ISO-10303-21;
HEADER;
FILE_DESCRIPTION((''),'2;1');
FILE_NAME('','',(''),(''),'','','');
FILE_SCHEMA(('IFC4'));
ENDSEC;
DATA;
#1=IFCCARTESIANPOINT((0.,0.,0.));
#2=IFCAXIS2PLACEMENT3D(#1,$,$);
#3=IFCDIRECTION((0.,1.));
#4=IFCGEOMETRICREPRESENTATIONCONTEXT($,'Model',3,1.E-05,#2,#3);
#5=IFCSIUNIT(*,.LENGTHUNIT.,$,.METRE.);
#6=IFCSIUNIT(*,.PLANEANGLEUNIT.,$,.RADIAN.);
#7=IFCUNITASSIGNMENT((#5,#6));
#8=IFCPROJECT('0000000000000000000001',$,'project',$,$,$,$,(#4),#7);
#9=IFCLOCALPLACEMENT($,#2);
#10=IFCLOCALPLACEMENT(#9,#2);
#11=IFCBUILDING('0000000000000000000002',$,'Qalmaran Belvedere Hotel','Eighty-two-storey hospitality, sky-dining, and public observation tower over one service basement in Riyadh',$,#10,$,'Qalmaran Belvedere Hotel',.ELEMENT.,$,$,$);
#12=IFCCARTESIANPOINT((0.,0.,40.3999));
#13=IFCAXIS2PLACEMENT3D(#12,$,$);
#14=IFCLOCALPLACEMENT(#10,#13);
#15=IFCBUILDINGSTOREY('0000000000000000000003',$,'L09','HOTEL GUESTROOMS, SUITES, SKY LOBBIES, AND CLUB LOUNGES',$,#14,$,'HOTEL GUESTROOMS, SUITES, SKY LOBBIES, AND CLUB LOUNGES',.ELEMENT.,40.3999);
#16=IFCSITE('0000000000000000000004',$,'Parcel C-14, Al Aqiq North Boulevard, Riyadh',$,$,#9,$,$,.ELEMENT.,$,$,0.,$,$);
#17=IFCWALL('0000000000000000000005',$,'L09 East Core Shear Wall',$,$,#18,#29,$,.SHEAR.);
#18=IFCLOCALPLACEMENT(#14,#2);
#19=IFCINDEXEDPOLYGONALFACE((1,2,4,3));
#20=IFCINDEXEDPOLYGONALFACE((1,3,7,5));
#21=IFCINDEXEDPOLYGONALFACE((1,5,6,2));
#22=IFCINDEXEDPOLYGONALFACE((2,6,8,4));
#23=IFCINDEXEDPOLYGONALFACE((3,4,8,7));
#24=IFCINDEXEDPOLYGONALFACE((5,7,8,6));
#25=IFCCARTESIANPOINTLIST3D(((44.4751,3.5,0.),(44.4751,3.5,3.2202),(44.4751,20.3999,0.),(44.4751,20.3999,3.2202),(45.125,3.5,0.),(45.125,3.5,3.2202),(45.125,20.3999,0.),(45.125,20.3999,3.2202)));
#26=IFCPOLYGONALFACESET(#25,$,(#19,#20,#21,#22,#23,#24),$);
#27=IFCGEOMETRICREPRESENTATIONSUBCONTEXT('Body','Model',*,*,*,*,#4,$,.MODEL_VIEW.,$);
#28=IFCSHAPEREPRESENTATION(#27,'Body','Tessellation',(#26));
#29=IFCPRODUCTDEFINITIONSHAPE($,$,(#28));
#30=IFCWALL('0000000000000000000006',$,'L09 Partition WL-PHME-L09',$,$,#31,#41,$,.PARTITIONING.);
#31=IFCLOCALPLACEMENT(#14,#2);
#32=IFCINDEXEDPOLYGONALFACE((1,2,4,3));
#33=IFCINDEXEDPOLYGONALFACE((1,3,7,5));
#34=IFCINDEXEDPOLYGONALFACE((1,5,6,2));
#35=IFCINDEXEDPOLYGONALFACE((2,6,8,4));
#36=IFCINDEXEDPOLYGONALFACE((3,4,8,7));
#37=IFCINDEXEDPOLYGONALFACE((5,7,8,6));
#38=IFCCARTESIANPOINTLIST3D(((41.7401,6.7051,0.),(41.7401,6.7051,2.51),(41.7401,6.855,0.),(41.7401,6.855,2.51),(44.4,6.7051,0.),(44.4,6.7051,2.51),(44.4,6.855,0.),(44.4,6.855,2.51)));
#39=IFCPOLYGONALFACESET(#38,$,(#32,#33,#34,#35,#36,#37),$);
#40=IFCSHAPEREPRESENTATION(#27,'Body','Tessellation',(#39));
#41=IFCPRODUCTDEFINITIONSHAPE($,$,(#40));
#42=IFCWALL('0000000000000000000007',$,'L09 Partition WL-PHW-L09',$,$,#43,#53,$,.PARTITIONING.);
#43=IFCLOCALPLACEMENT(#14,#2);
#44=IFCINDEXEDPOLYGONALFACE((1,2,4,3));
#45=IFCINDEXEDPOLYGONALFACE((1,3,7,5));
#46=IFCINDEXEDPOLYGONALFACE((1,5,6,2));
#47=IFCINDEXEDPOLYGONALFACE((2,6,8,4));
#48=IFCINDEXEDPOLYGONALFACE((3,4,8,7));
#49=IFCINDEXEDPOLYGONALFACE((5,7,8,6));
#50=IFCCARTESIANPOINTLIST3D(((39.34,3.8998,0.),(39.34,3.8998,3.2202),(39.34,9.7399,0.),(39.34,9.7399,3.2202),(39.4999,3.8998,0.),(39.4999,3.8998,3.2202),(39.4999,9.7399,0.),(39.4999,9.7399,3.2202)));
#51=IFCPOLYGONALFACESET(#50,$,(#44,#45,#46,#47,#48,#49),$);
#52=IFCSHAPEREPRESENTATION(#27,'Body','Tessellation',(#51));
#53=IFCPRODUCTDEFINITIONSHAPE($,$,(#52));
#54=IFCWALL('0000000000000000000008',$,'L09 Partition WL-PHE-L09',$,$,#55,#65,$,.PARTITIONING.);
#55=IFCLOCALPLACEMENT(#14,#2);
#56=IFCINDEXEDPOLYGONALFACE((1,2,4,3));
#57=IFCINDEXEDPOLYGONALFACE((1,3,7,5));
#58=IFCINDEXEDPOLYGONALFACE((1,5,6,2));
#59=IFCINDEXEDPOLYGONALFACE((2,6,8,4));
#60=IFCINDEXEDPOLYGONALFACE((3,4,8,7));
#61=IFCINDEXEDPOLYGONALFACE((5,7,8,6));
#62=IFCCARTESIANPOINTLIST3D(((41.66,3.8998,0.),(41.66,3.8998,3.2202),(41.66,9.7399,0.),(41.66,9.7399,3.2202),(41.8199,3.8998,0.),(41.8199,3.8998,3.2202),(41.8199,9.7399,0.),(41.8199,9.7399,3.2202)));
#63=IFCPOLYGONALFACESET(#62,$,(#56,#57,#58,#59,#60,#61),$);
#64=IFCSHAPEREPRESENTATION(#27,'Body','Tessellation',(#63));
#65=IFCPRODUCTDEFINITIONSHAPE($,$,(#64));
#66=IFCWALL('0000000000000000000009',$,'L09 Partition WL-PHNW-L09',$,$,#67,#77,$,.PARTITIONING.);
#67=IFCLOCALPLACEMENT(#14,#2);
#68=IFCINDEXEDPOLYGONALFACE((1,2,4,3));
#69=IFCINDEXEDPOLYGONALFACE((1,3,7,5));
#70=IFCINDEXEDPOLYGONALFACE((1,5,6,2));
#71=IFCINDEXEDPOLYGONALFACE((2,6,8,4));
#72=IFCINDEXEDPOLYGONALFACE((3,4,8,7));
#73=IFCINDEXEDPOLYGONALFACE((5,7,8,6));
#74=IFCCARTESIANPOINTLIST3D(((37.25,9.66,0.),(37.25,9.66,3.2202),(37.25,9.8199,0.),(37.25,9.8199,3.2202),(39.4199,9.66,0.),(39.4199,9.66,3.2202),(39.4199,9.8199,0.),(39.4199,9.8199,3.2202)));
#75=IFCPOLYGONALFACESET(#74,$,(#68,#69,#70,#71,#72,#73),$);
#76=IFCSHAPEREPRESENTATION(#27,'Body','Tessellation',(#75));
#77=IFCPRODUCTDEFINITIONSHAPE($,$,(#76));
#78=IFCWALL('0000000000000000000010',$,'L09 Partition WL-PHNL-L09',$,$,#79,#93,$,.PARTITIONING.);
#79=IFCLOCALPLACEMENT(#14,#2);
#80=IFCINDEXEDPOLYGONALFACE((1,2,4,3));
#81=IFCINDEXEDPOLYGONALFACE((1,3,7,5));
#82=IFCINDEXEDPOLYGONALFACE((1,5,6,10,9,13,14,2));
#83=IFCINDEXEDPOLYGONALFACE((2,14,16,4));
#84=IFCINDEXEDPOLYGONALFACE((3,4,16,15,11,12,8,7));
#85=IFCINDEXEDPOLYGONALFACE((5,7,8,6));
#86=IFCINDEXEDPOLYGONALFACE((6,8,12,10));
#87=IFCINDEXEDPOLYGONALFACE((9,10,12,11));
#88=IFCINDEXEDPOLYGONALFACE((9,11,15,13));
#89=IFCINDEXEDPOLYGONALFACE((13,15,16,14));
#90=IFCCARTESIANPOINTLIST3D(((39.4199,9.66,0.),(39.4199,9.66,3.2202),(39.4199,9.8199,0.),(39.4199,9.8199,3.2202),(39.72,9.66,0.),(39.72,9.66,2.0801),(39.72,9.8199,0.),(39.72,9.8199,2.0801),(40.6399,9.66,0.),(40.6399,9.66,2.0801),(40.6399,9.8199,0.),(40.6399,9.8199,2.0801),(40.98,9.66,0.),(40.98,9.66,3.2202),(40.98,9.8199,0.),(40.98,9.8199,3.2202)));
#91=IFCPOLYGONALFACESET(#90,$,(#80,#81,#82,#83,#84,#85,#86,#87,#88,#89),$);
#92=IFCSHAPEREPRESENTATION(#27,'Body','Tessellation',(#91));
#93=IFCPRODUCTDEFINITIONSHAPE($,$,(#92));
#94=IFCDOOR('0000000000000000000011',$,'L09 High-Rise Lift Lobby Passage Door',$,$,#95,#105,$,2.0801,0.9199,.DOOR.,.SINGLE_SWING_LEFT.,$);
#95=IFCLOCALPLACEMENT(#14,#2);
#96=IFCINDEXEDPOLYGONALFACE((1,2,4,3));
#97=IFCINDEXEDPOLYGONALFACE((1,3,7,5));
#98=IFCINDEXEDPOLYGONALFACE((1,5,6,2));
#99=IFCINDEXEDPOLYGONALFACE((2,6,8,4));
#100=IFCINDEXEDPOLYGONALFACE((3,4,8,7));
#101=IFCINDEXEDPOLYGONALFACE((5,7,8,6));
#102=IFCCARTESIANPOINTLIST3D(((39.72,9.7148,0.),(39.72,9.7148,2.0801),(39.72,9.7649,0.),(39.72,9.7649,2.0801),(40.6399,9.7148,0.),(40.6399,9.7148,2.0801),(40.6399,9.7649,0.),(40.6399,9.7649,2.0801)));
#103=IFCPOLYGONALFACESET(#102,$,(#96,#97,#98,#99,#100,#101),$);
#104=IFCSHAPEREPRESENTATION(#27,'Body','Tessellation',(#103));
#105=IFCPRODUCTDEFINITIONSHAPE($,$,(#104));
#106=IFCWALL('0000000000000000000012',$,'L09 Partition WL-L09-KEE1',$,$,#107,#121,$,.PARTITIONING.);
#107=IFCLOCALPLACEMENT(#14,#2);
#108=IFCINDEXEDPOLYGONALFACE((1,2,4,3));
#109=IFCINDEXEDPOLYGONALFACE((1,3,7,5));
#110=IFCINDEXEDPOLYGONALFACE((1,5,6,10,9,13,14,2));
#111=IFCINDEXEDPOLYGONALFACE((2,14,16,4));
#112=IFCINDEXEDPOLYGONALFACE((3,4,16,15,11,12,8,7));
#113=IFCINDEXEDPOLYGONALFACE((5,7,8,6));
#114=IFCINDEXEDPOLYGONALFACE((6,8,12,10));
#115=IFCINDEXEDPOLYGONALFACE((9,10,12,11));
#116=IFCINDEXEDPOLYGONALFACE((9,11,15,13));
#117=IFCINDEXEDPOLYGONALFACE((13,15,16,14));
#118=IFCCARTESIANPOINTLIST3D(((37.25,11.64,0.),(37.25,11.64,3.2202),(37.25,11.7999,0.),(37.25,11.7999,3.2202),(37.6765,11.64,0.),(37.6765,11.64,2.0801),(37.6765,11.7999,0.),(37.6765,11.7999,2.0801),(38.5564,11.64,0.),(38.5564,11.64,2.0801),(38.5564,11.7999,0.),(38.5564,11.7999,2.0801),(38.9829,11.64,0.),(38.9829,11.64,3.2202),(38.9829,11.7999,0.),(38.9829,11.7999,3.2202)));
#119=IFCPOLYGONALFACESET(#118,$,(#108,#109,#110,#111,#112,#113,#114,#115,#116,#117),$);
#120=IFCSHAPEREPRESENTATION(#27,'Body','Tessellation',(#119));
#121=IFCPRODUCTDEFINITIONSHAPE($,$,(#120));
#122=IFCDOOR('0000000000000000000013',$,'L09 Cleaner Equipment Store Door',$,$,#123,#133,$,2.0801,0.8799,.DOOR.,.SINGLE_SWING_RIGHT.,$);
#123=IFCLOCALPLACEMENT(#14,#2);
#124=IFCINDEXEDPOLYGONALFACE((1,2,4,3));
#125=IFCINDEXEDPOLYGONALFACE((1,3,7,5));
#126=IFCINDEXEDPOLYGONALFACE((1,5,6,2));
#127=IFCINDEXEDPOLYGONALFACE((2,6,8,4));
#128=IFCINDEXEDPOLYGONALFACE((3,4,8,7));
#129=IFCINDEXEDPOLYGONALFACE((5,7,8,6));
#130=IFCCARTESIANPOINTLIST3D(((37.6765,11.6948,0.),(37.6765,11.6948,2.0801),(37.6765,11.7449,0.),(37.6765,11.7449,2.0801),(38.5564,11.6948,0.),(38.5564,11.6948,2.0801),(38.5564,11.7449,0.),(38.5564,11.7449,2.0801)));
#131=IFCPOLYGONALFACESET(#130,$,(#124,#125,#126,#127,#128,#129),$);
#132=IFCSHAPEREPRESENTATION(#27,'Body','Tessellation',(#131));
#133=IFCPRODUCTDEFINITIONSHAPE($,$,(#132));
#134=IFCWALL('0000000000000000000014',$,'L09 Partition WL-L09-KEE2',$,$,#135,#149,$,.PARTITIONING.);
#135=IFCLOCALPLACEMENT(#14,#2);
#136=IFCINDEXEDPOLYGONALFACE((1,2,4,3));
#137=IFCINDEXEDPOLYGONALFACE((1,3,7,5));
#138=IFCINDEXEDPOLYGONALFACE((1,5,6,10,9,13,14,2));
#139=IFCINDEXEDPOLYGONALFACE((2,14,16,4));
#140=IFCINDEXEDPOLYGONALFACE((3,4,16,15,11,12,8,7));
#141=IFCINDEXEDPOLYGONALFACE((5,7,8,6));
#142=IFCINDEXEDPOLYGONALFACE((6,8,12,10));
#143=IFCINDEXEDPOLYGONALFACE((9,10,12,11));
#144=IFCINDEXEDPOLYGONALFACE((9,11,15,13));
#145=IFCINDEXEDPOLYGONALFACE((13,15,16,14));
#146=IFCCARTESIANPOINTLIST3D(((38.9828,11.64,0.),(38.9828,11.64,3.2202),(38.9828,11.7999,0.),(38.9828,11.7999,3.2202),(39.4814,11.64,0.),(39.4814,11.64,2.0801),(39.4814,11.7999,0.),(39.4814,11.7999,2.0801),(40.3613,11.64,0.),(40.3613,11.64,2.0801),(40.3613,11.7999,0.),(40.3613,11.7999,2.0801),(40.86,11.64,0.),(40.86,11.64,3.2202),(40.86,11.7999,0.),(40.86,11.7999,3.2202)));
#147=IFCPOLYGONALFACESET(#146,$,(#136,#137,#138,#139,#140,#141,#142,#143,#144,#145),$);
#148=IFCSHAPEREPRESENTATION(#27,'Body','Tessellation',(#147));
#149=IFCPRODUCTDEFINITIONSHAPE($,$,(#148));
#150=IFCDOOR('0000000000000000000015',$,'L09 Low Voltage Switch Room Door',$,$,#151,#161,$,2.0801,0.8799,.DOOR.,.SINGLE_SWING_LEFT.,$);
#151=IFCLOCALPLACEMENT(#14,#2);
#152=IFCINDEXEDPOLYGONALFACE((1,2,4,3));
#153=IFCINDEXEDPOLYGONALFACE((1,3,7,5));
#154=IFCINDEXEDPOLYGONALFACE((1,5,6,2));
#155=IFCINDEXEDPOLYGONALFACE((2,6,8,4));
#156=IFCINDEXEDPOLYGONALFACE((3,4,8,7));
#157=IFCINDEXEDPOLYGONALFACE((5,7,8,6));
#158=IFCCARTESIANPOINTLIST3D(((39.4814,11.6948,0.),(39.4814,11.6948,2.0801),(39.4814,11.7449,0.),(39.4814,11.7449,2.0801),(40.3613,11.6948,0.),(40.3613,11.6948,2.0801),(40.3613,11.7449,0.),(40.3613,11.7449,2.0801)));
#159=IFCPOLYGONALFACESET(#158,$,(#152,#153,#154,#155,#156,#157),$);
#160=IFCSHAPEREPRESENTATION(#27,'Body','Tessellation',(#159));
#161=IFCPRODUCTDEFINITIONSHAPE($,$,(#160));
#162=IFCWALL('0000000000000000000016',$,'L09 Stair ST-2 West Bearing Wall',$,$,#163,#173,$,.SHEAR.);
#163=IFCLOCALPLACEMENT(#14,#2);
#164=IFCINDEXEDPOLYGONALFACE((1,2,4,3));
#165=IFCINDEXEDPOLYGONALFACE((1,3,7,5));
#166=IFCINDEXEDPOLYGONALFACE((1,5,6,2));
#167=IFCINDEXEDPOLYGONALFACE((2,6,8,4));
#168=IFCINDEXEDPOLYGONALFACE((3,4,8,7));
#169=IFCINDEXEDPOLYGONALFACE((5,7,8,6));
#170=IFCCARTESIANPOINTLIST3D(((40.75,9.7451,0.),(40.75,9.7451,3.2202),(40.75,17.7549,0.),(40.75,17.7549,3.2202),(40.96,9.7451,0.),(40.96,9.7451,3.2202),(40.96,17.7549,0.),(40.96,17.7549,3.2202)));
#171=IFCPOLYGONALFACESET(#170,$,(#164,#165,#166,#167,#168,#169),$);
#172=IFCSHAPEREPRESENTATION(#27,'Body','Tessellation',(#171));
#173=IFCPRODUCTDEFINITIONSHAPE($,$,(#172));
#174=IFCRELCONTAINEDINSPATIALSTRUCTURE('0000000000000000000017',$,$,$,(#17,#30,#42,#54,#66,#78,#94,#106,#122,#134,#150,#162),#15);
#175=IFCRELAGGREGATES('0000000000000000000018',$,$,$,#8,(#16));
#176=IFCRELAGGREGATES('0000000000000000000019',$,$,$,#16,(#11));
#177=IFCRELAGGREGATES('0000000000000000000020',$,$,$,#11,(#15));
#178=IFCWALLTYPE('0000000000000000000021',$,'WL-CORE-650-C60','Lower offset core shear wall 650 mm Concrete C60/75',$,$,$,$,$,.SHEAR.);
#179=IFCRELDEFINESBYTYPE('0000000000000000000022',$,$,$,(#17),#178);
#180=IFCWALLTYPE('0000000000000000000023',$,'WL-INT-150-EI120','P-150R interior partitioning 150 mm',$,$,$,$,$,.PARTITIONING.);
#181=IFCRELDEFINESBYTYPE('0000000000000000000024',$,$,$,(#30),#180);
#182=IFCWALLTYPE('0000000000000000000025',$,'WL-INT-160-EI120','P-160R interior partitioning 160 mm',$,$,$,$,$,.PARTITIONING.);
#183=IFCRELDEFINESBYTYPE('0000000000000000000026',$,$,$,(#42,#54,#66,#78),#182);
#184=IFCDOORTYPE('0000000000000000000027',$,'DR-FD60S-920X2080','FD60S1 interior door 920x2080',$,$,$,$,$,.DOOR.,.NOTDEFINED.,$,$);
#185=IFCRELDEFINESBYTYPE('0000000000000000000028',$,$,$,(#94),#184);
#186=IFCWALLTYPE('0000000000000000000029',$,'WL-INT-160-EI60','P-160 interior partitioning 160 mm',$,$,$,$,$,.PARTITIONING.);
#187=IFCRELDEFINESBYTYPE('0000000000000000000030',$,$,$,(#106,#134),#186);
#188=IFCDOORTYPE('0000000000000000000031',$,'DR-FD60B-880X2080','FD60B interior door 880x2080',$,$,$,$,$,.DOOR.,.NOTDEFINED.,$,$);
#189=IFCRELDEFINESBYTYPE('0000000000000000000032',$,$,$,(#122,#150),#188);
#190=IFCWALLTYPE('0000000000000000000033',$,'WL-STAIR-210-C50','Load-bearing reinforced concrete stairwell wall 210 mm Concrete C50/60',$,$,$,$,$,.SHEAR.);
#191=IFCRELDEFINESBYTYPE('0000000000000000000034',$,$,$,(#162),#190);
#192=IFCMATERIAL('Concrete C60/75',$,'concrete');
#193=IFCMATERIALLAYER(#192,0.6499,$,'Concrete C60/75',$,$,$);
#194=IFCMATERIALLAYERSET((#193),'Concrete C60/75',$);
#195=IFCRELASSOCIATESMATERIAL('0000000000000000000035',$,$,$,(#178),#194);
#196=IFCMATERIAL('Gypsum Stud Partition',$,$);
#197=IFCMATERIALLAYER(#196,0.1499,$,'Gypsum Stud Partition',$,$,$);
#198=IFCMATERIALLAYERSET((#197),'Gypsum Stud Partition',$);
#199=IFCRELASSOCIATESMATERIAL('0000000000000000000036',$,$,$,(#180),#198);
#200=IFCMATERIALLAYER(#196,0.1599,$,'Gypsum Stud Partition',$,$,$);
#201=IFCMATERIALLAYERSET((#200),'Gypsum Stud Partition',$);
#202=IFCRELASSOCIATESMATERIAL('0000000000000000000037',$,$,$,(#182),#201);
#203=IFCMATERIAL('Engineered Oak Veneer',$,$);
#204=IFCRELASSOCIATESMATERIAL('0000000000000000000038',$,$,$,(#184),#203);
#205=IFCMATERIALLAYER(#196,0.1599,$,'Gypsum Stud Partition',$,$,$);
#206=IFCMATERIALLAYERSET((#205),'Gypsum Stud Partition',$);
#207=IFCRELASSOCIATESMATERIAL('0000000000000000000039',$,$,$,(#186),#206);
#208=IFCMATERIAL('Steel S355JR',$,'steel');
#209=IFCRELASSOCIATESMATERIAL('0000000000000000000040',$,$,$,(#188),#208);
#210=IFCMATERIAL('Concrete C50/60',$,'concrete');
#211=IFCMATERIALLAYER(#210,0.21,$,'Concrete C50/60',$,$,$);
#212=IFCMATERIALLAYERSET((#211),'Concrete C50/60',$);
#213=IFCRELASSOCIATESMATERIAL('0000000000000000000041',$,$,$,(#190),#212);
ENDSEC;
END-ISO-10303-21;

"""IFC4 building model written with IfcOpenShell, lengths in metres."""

from ifc_helpers import new_model, si_unit, direction, frame, frame_2d, origin, place, context, subcontext, project, spatial, rectangle, extrude, material, layer, layer_set, type_object, element, fill, save


model = new_model("IFC4")

# Units and contexts
model_context = context("Model", 3, precision=1e-05, world=origin(), true_north=direction((0.0, 1.0)))
body_context = subcontext(model_context, "Body", "Model", "MODEL_VIEW")
ifc_project = project(units=[si_unit("LENGTHUNIT", "METRE"), si_unit("PLANEANGLEUNIT", "RADIAN")], contexts=[model_context])

# Site, building, storey
site_placement = place(None, origin())
site = spatial("IfcSite", under=ifc_project, at=site_placement, Name="Parcel C-14, Al Aqiq North Boulevard, Riyadh", CompositionType="ELEMENT", RefElevation=0.0)
building_placement = place(site_placement, origin())
building = spatial("IfcBuilding", under=site, at=building_placement, Name="Qalmaran Belvedere Hotel", Description="Eighty-two-storey hospitality, sky-dining, and public observation tower over one service basement in Riyadh", LongName="Qalmaran Belvedere Hotel", CompositionType="ELEMENT")
storey_placement = place(building_placement, frame((0.0, 0.0, 40.3999)))
storey = spatial("IfcBuildingStorey", under=building, at=storey_placement, Name="L09", Description="HOTEL GUESTROOMS, SUITES, SKY LOBBIES, AND CLUB LOUNGES", LongName="HOTEL GUESTROOMS, SUITES, SKY LOBBIES, AND CLUB LOUNGES", CompositionType="ELEMENT", Elevation=40.3999)

# Walls
ifc_material_1 = material(Name="Concrete C60/75", Category="concrete")
ifc_layer_1 = layer(ifc_material_1, 0.6499, Name="Concrete C60/75")
ifc_layer_set_1 = layer_set([ifc_layer_1], Name="Concrete C60/75")
wall_type_1 = type_object("IfcWallType", Name="WL-CORE-650-C60", Description="Lower offset core shear wall 650 mm Concrete C60/75", PredefinedType="SHEAR", material=ifc_layer_set_1)
wall_1_placement = place(storey_placement, frame((44.8, 3.5, 0.0), z_axis=(0.0, 0.0, 1.0), x_axis=(0.0, 1.0, 0.0)))
element("IfcWall", 1, at=wall_1_placement, inside=storey, type_object=wall_type_1, Name="L09 East Core Shear Wall", PredefinedType="SHEAR", context=body_context, shape_type="SweptSolid", body=[
    extrude(rectangle(XDim=16.8999, YDim=0.6499, at=frame_2d((8.45, 0.0))), origin(), (0.0, 0.0, 1.0), 3.2202),
])
ifc_material_2 = material(Name="Gypsum Stud Partition")
ifc_layer_2 = layer(ifc_material_2, 0.1499, Name="Gypsum Stud Partition")
ifc_layer_set_2 = layer_set([ifc_layer_2], Name="Gypsum Stud Partition")
wall_type_2 = type_object("IfcWallType", Name="WL-INT-150-EI120", Description="P-150R interior partitioning 150 mm", PredefinedType="PARTITIONING", material=ifc_layer_set_2)
wall_2_placement = place(storey_placement, frame((41.74, 6.78, 0.0), z_axis=(0.0, 0.0, 1.0), x_axis=(1.0, 0.0, 0.0)))
element("IfcWall", 2, at=wall_2_placement, inside=storey, type_object=wall_type_2, Name="L09 Partition WL-PHME-L09", PredefinedType="PARTITIONING", context=body_context, shape_type="SweptSolid", body=[
    extrude(rectangle(XDim=2.6599, YDim=0.1499, at=frame_2d((1.3301, 0.0))), origin(), (0.0, 0.0, 1.0), 2.51),
])
ifc_layer_3 = layer(ifc_material_2, 0.1599, Name="Gypsum Stud Partition")
ifc_layer_set_3 = layer_set([ifc_layer_3], Name="Gypsum Stud Partition")
wall_type_3 = type_object("IfcWallType", Name="WL-INT-160-EI120", Description="P-160R interior partitioning 160 mm", PredefinedType="PARTITIONING", material=ifc_layer_set_3)
for number, where, z_axis, x_axis, name in (
    (3, (39.4199, 3.8999, 0.0), (0.0, 0.0, 1.0), (0.0, 1.0, 0.0), "L09 Partition WL-PHW-L09"),
    (4, (41.74, 3.8999, 0.0), (0.0, 0.0, 1.0), (0.0, 1.0, 0.0), "L09 Partition WL-PHE-L09"),
):
    element("IfcWall", number, at=place(storey_placement, frame(where, z_axis=z_axis, x_axis=x_axis)), inside=storey, type_object=wall_type_3, Name=name, PredefinedType="PARTITIONING", context=body_context, shape_type="SweptSolid", body=[
        extrude(rectangle(XDim=5.8401, YDim=0.1599, at=frame_2d((2.9199, 0.0))), origin(), (0.0, 0.0, 1.0), 3.2202),
    ])
wall_3_placement = place(storey_placement, frame((37.25, 9.74, 0.0), z_axis=(0.0, 0.0, 1.0), x_axis=(1.0, 0.0, 0.0)))
element("IfcWall", 5, at=wall_3_placement, inside=storey, type_object=wall_type_3, Name="L09 Partition WL-PHNW-L09", PredefinedType="PARTITIONING", context=body_context, shape_type="SweptSolid", body=[
    extrude(rectangle(XDim=2.1699, YDim=0.1599, at=frame_2d((1.085, 0.0))), origin(), (0.0, 0.0, 1.0), 3.2202),
])

# Walls, openings, doors
wall_4_placement = place(storey_placement, frame((39.4199, 9.74, 0.0), z_axis=(0.0, 0.0, 1.0), x_axis=(1.0, 0.0, 0.0)))
wall_4 = element("IfcWall", 6, at=wall_4_placement, inside=storey, type_object=wall_type_3, Name="L09 Partition WL-PHNL-L09", PredefinedType="PARTITIONING", context=body_context, shape_type="SweptSolid", body=[
    extrude(rectangle(XDim=1.5601, YDim=0.1599, at=frame_2d((0.78, 0.0))), origin(), (0.0, 0.0, 1.0), 3.2202),
])
opening_1_placement = place(wall_4_placement, frame((0.3, 0.0, 0.0)))
opening_1 = element("IfcOpeningElement", 7, at=opening_1_placement, cuts=wall_4, PredefinedType="OPENING", context=body_context, shape_type="SweptSolid", body=[
    extrude(rectangle(XDim=0.9199, YDim=2.0801, at=frame_2d((0.46, 1.04))), frame((0.0, 0.0898, 0.0), z_axis=(0.0, -1.0, 0.0), x_axis=(1.0, 0.0, 0.0)), (0.0, 0.0, 1.0), 0.1799),
])
ifc_material_3 = material(Name="Engineered Oak Veneer")
door_type_1 = type_object("IfcDoorType", Name="DR-FD60S-920X2080", Description="FD60S1 interior door 920x2080", OperationType="NOTDEFINED", PredefinedType="DOOR", material=ifc_material_3)
door_1_placement = place(opening_1_placement, origin())
door_1 = element("IfcDoor", 8, at=door_1_placement, inside=storey, type_object=door_type_1, Name="L09 High-Rise Lift Lobby Passage Door", OperationType="SINGLE_SWING_LEFT", OverallHeight=2.0801, OverallWidth=0.9199, PredefinedType="DOOR", context=body_context, shape_type="SweptSolid", body=[
    extrude(rectangle(XDim=0.9199, YDim=2.0801, at=frame_2d((0.46, 1.04))), frame((0.0, 0.0249, 0.0), z_axis=(0.0, -1.0, 0.0), x_axis=(1.0, 0.0, 0.0)), (0.0, 0.0, 1.0), 0.05),
])
fill(opening_1, door_1)
ifc_layer_4 = layer(ifc_material_2, 0.1599, Name="Gypsum Stud Partition")
ifc_layer_set_4 = layer_set([ifc_layer_4], Name="Gypsum Stud Partition")
wall_type_4 = type_object("IfcWallType", Name="WL-INT-160-EI60", Description="P-160 interior partitioning 160 mm", PredefinedType="PARTITIONING", material=ifc_layer_set_4)
wall_5_placement = place(storey_placement, frame((37.25, 11.72, 0.0), z_axis=(0.0, 0.0, 1.0), x_axis=(1.0, 0.0, 0.0)))
wall_5 = element("IfcWall", 9, at=wall_5_placement, inside=storey, type_object=wall_type_4, Name="L09 Partition WL-L09-KEE1", PredefinedType="PARTITIONING", context=body_context, shape_type="SweptSolid", body=[
    extrude(rectangle(XDim=1.7329, YDim=0.1599, at=frame_2d((0.8665, 0.0))), origin(), (0.0, 0.0, 1.0), 3.2202),
])
opening_2_placement = place(wall_5_placement, frame((0.4265, 0.0, 0.0)))
opening_2 = element("IfcOpeningElement", 10, at=opening_2_placement, cuts=wall_5, PredefinedType="OPENING", context=body_context, shape_type="SweptSolid", body=[
    extrude(rectangle(XDim=0.8799, YDim=2.0801, at=frame_2d((0.4399, 1.04))), frame((0.0, 0.0898, 0.0), z_axis=(0.0, -1.0, 0.0), x_axis=(1.0, 0.0, 0.0)), (0.0, 0.0, 1.0), 0.1799),
])
ifc_material_4 = material(Name="Steel S355JR", Category="steel")
door_type_2 = type_object("IfcDoorType", Name="DR-FD60B-880X2080", Description="FD60B interior door 880x2080", OperationType="NOTDEFINED", PredefinedType="DOOR", material=ifc_material_4)
door_2_placement = place(opening_2_placement, origin())
door_2 = element("IfcDoor", 11, at=door_2_placement, inside=storey, type_object=door_type_2, Name="L09 Cleaner Equipment Store Door", OperationType="SINGLE_SWING_RIGHT", OverallHeight=2.0801, OverallWidth=0.8799, PredefinedType="DOOR", context=body_context, shape_type="SweptSolid", body=[
    extrude(rectangle(XDim=0.8799, YDim=2.0801, at=frame_2d((0.4399, 1.04))), frame((0.0, 0.0249, 0.0), z_axis=(0.0, -1.0, 0.0), x_axis=(1.0, 0.0, 0.0)), (0.0, 0.0, 1.0), 0.05),
])
fill(opening_2, door_2)
wall_6_placement = place(storey_placement, frame((38.9829, 11.72, 0.0), z_axis=(0.0, 0.0, 1.0), x_axis=(1.0, 0.0, 0.0)))
wall_6 = element("IfcWall", 12, at=wall_6_placement, inside=storey, type_object=wall_type_4, Name="L09 Partition WL-L09-KEE2", PredefinedType="PARTITIONING", context=body_context, shape_type="SweptSolid", body=[
    extrude(rectangle(XDim=1.8772, YDim=0.1599, at=frame_2d((0.9385, 0.0))), origin(), (0.0, 0.0, 1.0), 3.2202),
])
opening_3_placement = place(wall_6_placement, frame((0.4985, 0.0, 0.0)))
opening_3 = element("IfcOpeningElement", 13, at=opening_3_placement, cuts=wall_6, PredefinedType="OPENING", context=body_context, shape_type="SweptSolid", body=[
    extrude(rectangle(XDim=0.8799, YDim=2.0801, at=frame_2d((0.4399, 1.04))), frame((0.0, 0.0898, 0.0), z_axis=(0.0, -1.0, 0.0), x_axis=(1.0, 0.0, 0.0)), (0.0, 0.0, 1.0), 0.1799),
])
door_3_placement = place(opening_3_placement, origin())
door_3 = element("IfcDoor", 14, at=door_3_placement, inside=storey, type_object=door_type_2, Name="L09 Low Voltage Switch Room Door", OperationType="SINGLE_SWING_LEFT", OverallHeight=2.0801, OverallWidth=0.8799, PredefinedType="DOOR", context=body_context, shape_type="SweptSolid", body=[
    extrude(rectangle(XDim=0.8799, YDim=2.0801, at=frame_2d((0.4399, 1.04))), frame((0.0, 0.0249, 0.0), z_axis=(0.0, -1.0, 0.0), x_axis=(1.0, 0.0, 0.0)), (0.0, 0.0, 1.0), 0.05),
])
fill(opening_3, door_3)

# Wall
ifc_material_5 = material(Name="Concrete C50/60", Category="concrete")
ifc_layer_5 = layer(ifc_material_5, 0.21, Name="Concrete C50/60")
ifc_layer_set_5 = layer_set([ifc_layer_5], Name="Concrete C50/60")
wall_type_5 = type_object("IfcWallType", Name="WL-STAIR-210-C50", Description="Load-bearing reinforced concrete stairwell wall 210 mm Concrete C50/60", PredefinedType="SHEAR", material=ifc_layer_set_5)
for number, where, z_axis, x_axis, name in (
    (15, (40.855, 9.7451, 0.0), (0.0, 0.0, 1.0), (0.0, 1.0, 0.0), "L09 Stair ST-2 West Bearing Wall"),
):
    element("IfcWall", number, at=place(storey_placement, frame(where, z_axis=z_axis, x_axis=x_axis)), inside=storey, type_object=wall_type_5, Name=name, PredefinedType="SHEAR", context=body_context, shape_type="SweptSolid", body=[
        extrude(rectangle(XDim=8.0098, YDim=0.21, at=frame_2d((4.0049, 0.0))), origin(), (0.0, 0.0, 1.0), 3.2202),
    ])

save(model, "model.ifc")
